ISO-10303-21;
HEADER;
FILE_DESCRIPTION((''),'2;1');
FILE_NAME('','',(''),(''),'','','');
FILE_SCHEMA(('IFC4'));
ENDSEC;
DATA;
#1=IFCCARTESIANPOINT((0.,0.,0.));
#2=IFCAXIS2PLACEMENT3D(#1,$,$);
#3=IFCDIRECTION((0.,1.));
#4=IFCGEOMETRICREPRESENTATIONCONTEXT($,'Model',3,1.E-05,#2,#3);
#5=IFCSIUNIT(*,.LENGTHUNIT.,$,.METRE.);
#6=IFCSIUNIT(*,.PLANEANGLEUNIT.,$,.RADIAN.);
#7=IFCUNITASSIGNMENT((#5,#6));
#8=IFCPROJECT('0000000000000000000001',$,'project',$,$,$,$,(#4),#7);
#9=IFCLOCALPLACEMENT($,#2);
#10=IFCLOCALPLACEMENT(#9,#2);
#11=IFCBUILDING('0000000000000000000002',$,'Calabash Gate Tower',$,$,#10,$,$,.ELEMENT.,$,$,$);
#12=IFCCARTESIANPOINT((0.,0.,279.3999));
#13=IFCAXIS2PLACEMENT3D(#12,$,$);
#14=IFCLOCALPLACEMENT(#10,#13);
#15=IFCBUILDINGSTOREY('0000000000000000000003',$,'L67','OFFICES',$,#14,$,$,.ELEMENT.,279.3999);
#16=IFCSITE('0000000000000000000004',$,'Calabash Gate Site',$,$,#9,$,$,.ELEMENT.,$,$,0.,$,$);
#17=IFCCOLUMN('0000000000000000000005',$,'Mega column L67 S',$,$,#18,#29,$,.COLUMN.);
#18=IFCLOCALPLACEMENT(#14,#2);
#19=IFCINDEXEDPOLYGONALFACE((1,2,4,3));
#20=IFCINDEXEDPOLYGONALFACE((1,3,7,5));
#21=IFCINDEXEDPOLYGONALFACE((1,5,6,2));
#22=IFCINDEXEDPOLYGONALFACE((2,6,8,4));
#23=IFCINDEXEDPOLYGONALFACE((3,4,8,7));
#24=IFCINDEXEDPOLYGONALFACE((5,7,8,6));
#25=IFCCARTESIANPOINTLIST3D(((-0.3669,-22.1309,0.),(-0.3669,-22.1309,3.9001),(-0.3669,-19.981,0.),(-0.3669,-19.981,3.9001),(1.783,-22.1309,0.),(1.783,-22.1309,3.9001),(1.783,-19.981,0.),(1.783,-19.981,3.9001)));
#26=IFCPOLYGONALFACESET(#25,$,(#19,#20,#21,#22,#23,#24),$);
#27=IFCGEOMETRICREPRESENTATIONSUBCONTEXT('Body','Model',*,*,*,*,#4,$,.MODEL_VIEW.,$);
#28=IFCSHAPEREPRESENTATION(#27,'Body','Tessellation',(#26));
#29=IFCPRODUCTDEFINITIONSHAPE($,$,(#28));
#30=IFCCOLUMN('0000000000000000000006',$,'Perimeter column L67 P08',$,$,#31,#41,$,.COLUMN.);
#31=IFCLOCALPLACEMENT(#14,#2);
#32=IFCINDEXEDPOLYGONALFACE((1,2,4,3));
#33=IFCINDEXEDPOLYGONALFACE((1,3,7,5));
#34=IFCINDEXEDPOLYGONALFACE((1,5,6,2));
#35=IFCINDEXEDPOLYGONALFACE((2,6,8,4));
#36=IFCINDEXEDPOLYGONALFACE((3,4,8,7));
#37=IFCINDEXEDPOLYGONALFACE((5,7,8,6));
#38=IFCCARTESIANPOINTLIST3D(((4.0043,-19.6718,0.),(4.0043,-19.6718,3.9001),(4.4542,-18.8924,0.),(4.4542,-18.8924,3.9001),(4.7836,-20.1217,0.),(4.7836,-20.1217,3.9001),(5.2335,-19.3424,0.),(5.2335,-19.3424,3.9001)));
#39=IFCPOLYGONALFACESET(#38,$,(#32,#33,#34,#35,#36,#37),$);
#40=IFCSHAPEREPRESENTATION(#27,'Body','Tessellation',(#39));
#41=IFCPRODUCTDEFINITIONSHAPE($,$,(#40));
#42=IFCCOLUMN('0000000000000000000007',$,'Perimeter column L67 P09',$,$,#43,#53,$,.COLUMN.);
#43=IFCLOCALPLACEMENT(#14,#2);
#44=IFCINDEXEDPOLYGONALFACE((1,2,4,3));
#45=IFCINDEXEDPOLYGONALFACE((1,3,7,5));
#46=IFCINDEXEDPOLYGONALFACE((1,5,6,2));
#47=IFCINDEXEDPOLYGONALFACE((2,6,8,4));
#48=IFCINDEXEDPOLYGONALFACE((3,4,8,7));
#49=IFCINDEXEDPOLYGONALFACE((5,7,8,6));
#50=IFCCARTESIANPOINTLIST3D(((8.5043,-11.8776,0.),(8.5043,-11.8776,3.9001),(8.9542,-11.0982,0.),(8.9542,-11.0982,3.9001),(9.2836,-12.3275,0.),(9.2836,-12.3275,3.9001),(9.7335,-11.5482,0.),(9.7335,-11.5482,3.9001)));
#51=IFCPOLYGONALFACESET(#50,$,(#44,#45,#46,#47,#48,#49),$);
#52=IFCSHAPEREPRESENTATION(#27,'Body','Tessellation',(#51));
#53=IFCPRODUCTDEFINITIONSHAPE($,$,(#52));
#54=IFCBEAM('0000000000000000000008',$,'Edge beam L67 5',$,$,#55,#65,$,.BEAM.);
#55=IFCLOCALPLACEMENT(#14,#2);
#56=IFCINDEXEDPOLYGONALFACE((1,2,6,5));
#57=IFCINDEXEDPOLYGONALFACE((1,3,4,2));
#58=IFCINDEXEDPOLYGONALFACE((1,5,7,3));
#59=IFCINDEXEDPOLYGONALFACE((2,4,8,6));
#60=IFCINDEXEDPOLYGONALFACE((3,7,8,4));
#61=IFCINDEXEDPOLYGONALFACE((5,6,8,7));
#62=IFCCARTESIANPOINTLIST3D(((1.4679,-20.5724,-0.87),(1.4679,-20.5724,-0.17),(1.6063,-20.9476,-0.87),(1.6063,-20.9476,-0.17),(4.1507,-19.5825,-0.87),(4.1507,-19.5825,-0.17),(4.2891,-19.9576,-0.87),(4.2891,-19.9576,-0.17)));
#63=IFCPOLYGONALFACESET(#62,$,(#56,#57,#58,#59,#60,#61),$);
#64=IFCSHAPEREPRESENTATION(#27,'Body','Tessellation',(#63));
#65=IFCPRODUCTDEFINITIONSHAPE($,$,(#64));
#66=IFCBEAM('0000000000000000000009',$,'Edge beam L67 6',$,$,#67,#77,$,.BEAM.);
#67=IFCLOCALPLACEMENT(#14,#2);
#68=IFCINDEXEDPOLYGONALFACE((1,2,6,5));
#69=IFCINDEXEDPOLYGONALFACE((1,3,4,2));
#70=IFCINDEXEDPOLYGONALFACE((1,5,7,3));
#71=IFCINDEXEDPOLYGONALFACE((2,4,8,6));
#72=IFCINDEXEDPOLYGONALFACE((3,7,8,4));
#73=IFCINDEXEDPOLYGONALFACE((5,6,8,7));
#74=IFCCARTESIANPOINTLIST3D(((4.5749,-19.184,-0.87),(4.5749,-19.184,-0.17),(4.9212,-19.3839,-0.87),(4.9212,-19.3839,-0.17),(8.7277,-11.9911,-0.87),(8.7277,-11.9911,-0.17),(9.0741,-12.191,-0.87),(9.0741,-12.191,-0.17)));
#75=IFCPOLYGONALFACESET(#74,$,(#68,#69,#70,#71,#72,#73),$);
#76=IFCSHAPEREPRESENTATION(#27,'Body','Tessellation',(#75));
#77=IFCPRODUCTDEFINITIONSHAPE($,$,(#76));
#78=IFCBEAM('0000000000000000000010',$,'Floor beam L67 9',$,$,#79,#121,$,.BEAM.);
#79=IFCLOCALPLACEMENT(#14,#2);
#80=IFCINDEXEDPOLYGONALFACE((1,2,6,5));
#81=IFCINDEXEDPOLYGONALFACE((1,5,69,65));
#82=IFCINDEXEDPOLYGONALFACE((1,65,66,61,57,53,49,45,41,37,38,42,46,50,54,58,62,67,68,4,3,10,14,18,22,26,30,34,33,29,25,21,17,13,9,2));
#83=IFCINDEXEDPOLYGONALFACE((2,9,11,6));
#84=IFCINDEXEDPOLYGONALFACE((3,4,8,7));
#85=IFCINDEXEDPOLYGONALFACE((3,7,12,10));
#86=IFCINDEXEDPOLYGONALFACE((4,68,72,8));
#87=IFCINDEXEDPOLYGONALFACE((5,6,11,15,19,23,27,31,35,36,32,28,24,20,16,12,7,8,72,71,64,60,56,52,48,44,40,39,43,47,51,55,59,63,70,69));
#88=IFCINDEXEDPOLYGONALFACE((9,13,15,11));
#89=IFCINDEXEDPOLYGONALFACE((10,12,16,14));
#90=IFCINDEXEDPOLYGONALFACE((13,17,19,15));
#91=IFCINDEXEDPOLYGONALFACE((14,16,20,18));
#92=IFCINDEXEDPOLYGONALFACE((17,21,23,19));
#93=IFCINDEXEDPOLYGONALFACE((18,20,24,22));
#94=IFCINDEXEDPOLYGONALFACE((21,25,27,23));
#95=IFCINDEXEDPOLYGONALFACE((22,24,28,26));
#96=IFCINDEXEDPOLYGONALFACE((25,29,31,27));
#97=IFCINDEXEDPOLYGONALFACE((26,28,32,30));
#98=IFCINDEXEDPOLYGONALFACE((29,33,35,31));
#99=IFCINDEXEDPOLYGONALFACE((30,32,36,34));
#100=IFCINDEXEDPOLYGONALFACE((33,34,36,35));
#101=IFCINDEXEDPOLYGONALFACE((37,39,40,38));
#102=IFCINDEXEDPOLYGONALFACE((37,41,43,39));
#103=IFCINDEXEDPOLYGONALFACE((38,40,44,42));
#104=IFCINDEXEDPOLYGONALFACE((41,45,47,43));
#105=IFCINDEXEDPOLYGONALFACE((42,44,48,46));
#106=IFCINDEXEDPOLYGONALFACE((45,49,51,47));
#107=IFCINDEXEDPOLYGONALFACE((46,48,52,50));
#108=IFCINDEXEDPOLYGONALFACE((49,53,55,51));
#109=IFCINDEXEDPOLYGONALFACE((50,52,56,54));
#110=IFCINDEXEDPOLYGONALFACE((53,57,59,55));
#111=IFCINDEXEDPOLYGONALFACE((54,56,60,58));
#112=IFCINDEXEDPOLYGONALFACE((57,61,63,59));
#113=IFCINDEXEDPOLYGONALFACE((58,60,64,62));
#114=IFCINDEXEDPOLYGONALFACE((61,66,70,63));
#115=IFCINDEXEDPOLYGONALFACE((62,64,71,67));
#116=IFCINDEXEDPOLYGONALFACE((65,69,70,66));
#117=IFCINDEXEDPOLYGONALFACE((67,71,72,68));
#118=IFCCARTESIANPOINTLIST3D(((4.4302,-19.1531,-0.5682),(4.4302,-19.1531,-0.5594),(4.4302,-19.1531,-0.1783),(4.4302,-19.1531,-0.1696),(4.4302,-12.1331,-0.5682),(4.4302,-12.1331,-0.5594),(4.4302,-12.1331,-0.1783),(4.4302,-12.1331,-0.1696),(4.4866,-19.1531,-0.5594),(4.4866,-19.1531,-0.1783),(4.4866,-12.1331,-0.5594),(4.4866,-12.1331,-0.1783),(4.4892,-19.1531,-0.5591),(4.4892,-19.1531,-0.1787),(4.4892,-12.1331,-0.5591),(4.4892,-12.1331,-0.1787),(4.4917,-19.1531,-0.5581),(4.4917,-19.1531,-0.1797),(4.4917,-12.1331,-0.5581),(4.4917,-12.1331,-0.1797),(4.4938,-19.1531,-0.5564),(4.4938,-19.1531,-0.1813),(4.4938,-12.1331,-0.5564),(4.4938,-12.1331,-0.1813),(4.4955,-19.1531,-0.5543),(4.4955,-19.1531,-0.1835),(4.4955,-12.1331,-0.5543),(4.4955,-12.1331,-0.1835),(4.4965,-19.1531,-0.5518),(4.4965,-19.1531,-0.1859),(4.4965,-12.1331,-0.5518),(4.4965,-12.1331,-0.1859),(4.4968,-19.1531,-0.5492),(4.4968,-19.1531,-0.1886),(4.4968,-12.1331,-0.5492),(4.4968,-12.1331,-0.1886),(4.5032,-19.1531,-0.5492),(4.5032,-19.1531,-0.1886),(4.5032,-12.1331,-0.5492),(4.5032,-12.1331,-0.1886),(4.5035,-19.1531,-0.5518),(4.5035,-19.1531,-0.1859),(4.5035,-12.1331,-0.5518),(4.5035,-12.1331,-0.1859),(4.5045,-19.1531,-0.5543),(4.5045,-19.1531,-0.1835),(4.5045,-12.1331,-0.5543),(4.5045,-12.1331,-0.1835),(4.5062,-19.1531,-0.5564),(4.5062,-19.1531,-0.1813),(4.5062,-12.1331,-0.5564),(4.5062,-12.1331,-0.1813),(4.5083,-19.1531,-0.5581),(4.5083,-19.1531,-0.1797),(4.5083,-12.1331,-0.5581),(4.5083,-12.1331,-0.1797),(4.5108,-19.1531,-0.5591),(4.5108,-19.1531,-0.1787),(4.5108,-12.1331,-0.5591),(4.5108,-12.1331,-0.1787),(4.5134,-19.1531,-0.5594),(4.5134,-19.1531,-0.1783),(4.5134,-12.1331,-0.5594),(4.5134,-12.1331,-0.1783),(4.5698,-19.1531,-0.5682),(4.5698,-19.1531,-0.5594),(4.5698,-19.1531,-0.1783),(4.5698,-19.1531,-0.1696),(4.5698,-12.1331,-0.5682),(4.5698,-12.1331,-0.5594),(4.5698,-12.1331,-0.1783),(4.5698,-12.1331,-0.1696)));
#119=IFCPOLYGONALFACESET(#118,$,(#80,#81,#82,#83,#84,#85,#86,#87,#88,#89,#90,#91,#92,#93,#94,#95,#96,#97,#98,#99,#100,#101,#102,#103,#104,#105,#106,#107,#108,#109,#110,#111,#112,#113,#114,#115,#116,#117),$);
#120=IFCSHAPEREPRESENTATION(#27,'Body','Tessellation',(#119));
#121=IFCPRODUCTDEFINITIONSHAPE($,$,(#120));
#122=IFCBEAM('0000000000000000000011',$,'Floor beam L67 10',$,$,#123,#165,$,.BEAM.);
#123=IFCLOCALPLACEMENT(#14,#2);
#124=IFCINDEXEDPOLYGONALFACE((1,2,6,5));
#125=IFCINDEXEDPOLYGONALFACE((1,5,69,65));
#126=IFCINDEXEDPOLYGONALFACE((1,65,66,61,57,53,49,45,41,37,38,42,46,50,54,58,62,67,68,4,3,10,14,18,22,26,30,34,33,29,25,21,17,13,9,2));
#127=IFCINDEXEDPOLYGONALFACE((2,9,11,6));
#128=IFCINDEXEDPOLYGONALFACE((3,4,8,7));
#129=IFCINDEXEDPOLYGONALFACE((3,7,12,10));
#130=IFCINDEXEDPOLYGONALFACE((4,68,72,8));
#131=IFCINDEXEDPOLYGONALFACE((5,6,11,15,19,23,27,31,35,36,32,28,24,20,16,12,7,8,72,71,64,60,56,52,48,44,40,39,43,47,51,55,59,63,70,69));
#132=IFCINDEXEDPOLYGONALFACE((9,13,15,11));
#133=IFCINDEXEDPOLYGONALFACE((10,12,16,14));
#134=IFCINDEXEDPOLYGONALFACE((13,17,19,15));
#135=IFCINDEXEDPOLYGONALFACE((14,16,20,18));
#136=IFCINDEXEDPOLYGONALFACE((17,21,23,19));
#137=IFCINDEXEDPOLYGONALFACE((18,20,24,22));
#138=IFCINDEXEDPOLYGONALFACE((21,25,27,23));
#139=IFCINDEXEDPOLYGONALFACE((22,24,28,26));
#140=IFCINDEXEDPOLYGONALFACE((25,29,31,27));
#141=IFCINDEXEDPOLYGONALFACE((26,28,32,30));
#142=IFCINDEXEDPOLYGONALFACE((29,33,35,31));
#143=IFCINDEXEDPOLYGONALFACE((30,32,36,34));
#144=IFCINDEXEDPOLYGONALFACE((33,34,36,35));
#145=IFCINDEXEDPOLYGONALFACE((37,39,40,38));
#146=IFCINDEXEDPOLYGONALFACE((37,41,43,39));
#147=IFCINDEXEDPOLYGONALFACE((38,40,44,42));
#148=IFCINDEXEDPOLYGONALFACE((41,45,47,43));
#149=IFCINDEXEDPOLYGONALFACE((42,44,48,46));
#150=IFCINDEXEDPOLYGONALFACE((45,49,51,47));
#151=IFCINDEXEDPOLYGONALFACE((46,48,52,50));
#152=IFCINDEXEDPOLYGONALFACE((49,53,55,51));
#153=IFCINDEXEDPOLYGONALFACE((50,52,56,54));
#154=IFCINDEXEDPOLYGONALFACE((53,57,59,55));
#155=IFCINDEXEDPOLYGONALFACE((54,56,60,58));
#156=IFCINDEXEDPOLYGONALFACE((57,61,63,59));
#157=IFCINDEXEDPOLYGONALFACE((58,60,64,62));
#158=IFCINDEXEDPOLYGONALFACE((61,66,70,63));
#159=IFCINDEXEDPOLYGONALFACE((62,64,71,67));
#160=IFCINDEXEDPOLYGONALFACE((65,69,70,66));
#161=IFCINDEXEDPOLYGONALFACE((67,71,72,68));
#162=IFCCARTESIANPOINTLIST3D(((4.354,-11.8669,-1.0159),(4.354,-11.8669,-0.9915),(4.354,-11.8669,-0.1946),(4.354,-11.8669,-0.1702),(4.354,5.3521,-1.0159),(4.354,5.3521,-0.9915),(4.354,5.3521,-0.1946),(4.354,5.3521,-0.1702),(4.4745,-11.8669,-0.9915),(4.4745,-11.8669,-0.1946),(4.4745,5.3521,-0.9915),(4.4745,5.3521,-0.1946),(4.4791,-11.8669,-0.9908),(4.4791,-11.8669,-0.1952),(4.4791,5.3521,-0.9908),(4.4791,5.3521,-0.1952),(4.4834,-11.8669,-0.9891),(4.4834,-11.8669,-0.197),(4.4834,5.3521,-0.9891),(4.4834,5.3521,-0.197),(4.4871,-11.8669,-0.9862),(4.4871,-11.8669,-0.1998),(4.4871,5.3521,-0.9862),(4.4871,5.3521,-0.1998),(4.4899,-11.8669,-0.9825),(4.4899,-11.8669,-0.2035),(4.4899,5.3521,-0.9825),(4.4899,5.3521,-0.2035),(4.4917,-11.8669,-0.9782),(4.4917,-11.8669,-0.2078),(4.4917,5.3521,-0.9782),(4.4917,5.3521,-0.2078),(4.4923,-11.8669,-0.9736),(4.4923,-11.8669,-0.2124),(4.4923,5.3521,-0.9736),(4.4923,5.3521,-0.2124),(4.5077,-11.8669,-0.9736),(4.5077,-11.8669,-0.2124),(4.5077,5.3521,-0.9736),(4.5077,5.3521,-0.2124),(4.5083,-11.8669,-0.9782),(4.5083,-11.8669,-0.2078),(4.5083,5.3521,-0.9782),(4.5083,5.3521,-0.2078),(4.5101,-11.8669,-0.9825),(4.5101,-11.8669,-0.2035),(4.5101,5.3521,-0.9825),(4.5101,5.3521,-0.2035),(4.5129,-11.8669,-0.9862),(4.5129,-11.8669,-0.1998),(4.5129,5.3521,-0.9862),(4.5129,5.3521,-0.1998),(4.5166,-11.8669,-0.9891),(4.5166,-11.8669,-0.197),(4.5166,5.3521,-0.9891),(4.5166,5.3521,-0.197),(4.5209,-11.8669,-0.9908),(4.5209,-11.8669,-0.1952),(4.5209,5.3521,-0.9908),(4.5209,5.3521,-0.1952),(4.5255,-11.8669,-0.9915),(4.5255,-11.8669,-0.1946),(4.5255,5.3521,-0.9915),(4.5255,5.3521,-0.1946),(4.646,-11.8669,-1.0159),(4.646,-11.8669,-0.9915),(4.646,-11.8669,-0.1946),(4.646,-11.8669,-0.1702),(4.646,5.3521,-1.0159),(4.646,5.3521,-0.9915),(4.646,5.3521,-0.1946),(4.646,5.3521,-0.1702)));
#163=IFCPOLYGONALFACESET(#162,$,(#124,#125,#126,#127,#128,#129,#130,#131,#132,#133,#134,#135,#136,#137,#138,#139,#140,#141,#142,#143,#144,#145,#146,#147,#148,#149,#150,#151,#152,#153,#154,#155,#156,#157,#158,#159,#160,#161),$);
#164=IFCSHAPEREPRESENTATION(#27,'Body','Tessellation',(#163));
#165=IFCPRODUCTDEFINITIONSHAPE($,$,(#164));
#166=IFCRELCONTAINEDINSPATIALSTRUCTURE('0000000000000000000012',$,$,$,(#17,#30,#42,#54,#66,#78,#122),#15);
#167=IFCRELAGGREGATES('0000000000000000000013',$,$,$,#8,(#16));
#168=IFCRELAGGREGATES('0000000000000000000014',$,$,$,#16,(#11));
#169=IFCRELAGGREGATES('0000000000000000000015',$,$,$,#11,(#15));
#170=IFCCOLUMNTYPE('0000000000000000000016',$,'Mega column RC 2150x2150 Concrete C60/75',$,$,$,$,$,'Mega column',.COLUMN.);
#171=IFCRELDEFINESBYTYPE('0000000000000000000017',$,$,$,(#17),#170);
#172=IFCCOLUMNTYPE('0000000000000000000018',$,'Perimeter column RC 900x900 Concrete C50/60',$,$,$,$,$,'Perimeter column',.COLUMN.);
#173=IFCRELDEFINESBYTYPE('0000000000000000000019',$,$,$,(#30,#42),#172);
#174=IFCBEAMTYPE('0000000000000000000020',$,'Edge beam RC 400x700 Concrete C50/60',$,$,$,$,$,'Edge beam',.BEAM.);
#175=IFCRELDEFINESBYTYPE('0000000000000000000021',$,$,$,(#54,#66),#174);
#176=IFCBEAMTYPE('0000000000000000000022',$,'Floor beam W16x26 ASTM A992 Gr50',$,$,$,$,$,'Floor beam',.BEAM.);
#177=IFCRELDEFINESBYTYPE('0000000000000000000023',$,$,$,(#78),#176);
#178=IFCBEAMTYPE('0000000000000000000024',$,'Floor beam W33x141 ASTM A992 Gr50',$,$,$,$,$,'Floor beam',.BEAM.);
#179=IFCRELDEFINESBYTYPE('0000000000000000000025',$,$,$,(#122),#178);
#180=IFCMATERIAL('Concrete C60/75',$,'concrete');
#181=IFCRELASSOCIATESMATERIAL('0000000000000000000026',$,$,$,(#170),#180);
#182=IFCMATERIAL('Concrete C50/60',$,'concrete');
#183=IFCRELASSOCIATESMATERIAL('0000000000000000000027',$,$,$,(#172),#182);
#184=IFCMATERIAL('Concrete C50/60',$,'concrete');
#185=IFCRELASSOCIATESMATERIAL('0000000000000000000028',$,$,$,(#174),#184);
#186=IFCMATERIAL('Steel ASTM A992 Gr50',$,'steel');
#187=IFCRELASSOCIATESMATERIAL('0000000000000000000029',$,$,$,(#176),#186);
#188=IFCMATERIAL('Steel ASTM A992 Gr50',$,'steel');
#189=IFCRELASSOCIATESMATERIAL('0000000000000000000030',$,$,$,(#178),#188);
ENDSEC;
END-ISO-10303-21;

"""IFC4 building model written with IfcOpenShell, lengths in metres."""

from ifc_helpers import new_model, si_unit, direction, frame, origin, origin_2d, place, context, subcontext, project, spatial, rectangle, i_section, extrude, material, material_profile, profile_set, type_object, element, save


model = new_model("IFC4")

# Units and contexts
model_context = context("Model", 3, precision=1e-05, world=origin(), true_north=direction((0.0, 1.0)))
body_context = subcontext(model_context, "Body", "Model", "MODEL_VIEW")
ifc_project = project(units=[si_unit("LENGTHUNIT", "METRE"), si_unit("PLANEANGLEUNIT", "RADIAN")], contexts=[model_context])

# Site, building, storey
site_placement = place(None, origin())
site = spatial("IfcSite", under=ifc_project, at=site_placement, Name="Calabash Gate Site", CompositionType="ELEMENT", RefElevation=0.0)
building_placement = place(site_placement, origin())
building = spatial("IfcBuilding", under=site, at=building_placement, Name="Calabash Gate Tower", CompositionType="ELEMENT")
storey_placement = place(building_placement, frame((0.0, 0.0, 279.3999)))
storey = spatial("IfcBuildingStorey", under=building, at=storey_placement, Name="L67", Description="OFFICES", CompositionType="ELEMENT", Elevation=279.3999)

# Columns
ifc_material_1 = material(Name="Concrete C60/75", Category="concrete")
ifc_material_profile_1 = material_profile(ifc_material_1, rectangle(XDim=2.1499, YDim=2.1499, at=origin_2d()))
ifc_profile_set_1 = profile_set([ifc_material_profile_1], Name="Concrete C60/75")
column_type_1 = type_object("IfcColumnType", Name="Mega column RC 2150x2150 Concrete C60/75", ElementType="Mega column", PredefinedType="COLUMN", material=ifc_profile_set_1)
column_placement = place(storey_placement, frame((0.708, -21.0559, 0.0), z_axis=(0.0, 0.0, 1.0), x_axis=(0.0, 1.0, 0.0)))
element("IfcColumn", 1, at=column_placement, inside=storey, type_object=column_type_1, Name="Mega column L67 S", PredefinedType="COLUMN", context=body_context, shape_type="SweptSolid", body=[
    extrude(rectangle(XDim=2.1499, YDim=2.1499, at=origin_2d()), origin(), (0.0, 0.0, 1.0), 3.9001),
])
ifc_material_2 = material(Name="Concrete C50/60", Category="concrete")
ifc_material_profile_2 = material_profile(ifc_material_2, rectangle(XDim=0.8999, YDim=0.8999, at=origin_2d()))
ifc_profile_set_2 = profile_set([ifc_material_profile_2], Name="Concrete C50/60")
column_type_2 = type_object("IfcColumnType", Name="Perimeter column RC 900x900 Concrete C50/60", ElementType="Perimeter column", PredefinedType="COLUMN", material=ifc_profile_set_2)
for number, where, z_axis, x_axis, name in (
    (2, (4.6189, -19.5071, 0.0), (0.0, 0.0, 1.0), (0.5, 0.866025, 0.0), "Perimeter column L67 P08"),
    (3, (9.1189, -11.7129, 0.0), (0.0, 0.0, 1.0), (0.5, 0.866025, 0.0), "Perimeter column L67 P09"),
):
    element("IfcColumn", number, at=place(storey_placement, frame(where, z_axis=z_axis, x_axis=x_axis)), inside=storey, type_object=column_type_2, Name=name, PredefinedType="COLUMN", context=body_context, shape_type="SweptSolid", body=[
        extrude(rectangle(XDim=0.8999, YDim=0.8999, at=origin_2d()), origin(), (0.0, 0.0, 1.0), 3.9001),
    ])

# Beams
ifc_material_3 = material(Name="Concrete C50/60", Category="concrete")
ifc_material_profile_3 = material_profile(ifc_material_3, rectangle(XDim=0.3999, YDim=0.7, at=origin_2d()))
ifc_profile_set_3 = profile_set([ifc_material_profile_3], Name="Concrete C50/60")
beam_type_1 = type_object("IfcBeamType", Name="Edge beam RC 400x700 Concrete C50/60", ElementType="Edge beam", PredefinedType="BEAM", material=ifc_profile_set_3)
beam_1_placement = place(storey_placement, frame((1.5371, -20.76, -0.52), z_axis=(0.938165, 0.346188, 0.0), x_axis=(-0.346188, 0.938165, 0.0)))
element("IfcBeam", 4, at=beam_1_placement, inside=storey, type_object=beam_type_1, Name="Edge beam L67 5", PredefinedType="BEAM", context=body_context, shape_type="SweptSolid", body=[
    extrude(rectangle(XDim=0.3999, YDim=0.7, at=origin_2d()), origin(), (0.0, 0.0, 1.0), 2.8596),
])
beam_2_placement = place(storey_placement, frame((4.748, -19.2839, -0.52), z_axis=(0.500002, 0.866024, 0.0), x_axis=(-0.866024, 0.500002, 0.0)))
element("IfcBeam", 5, at=beam_2_placement, inside=storey, type_object=beam_type_1, Name="Edge beam L67 6", PredefinedType="BEAM", context=body_context, shape_type="SweptSolid", body=[
    extrude(rectangle(XDim=0.3999, YDim=0.7, at=origin_2d()), origin(), (0.0, 0.0, 1.0), 8.3057),
])
ifc_material_4 = material(Name="Steel ASTM A992 Gr50", Category="steel")
ifc_material_profile_4 = material_profile(ifc_material_4, i_section(OverallWidth=0.1396, OverallDepth=0.3987, WebThickness=0.0063, FlangeThickness=0.0088, FilletRadius=0.0103, at=origin_2d()))
ifc_profile_set_4 = profile_set([ifc_material_profile_4], Name="Steel ASTM A992 Gr50")
beam_type_2 = type_object("IfcBeamType", Name="Floor beam W16x26 ASTM A992 Gr50", ElementType="Floor beam", PredefinedType="BEAM", material=ifc_profile_set_4)
beam_3_placement = place(storey_placement, frame((4.5, -19.1531, -0.3689), z_axis=(0.0, 1.0, 0.0), x_axis=(-1.0, 0.0, 0.0)))
element("IfcBeam", 6, at=beam_3_placement, inside=storey, type_object=beam_type_2, Name="Floor beam L67 9", PredefinedType="BEAM", context=body_context, shape_type="SweptSolid", body=[
    extrude(i_section(OverallWidth=0.1396, OverallDepth=0.3987, WebThickness=0.0063, FlangeThickness=0.0088, FilletRadius=0.0103, at=origin_2d()), origin(), (0.0, 0.0, 1.0), 7.02),
])
ifc_material_5 = material(Name="Steel ASTM A992 Gr50", Category="steel")
ifc_material_profile_5 = material_profile(ifc_material_5, i_section(OverallWidth=0.292, OverallDepth=0.8457, WebThickness=0.0154, FlangeThickness=0.0244, FilletRadius=0.0178, at=origin_2d()))
ifc_profile_set_5 = profile_set([ifc_material_profile_5], Name="Steel ASTM A992 Gr50")
beam_type_3 = type_object("IfcBeamType", Name="Floor beam W33x141 ASTM A992 Gr50", ElementType="Floor beam", PredefinedType="BEAM", material=ifc_profile_set_5)
beam_4_placement = place(storey_placement, frame((4.5, -11.8669, -0.593), z_axis=(0.0, 1.0, 0.0), x_axis=(-1.0, 0.0, 0.0)))
element("IfcBeam", 7, at=beam_4_placement, inside=storey, type_object=beam_type_3, Name="Floor beam L67 10", PredefinedType="BEAM", context=body_context, shape_type="SweptSolid", body=[
    extrude(i_section(OverallWidth=0.292, OverallDepth=0.8457, WebThickness=0.0154, FlangeThickness=0.0244, FilletRadius=0.0178, at=origin_2d()), origin(), (0.0, 0.0, 1.0), 17.219),
])

save(model, "model.ifc")
